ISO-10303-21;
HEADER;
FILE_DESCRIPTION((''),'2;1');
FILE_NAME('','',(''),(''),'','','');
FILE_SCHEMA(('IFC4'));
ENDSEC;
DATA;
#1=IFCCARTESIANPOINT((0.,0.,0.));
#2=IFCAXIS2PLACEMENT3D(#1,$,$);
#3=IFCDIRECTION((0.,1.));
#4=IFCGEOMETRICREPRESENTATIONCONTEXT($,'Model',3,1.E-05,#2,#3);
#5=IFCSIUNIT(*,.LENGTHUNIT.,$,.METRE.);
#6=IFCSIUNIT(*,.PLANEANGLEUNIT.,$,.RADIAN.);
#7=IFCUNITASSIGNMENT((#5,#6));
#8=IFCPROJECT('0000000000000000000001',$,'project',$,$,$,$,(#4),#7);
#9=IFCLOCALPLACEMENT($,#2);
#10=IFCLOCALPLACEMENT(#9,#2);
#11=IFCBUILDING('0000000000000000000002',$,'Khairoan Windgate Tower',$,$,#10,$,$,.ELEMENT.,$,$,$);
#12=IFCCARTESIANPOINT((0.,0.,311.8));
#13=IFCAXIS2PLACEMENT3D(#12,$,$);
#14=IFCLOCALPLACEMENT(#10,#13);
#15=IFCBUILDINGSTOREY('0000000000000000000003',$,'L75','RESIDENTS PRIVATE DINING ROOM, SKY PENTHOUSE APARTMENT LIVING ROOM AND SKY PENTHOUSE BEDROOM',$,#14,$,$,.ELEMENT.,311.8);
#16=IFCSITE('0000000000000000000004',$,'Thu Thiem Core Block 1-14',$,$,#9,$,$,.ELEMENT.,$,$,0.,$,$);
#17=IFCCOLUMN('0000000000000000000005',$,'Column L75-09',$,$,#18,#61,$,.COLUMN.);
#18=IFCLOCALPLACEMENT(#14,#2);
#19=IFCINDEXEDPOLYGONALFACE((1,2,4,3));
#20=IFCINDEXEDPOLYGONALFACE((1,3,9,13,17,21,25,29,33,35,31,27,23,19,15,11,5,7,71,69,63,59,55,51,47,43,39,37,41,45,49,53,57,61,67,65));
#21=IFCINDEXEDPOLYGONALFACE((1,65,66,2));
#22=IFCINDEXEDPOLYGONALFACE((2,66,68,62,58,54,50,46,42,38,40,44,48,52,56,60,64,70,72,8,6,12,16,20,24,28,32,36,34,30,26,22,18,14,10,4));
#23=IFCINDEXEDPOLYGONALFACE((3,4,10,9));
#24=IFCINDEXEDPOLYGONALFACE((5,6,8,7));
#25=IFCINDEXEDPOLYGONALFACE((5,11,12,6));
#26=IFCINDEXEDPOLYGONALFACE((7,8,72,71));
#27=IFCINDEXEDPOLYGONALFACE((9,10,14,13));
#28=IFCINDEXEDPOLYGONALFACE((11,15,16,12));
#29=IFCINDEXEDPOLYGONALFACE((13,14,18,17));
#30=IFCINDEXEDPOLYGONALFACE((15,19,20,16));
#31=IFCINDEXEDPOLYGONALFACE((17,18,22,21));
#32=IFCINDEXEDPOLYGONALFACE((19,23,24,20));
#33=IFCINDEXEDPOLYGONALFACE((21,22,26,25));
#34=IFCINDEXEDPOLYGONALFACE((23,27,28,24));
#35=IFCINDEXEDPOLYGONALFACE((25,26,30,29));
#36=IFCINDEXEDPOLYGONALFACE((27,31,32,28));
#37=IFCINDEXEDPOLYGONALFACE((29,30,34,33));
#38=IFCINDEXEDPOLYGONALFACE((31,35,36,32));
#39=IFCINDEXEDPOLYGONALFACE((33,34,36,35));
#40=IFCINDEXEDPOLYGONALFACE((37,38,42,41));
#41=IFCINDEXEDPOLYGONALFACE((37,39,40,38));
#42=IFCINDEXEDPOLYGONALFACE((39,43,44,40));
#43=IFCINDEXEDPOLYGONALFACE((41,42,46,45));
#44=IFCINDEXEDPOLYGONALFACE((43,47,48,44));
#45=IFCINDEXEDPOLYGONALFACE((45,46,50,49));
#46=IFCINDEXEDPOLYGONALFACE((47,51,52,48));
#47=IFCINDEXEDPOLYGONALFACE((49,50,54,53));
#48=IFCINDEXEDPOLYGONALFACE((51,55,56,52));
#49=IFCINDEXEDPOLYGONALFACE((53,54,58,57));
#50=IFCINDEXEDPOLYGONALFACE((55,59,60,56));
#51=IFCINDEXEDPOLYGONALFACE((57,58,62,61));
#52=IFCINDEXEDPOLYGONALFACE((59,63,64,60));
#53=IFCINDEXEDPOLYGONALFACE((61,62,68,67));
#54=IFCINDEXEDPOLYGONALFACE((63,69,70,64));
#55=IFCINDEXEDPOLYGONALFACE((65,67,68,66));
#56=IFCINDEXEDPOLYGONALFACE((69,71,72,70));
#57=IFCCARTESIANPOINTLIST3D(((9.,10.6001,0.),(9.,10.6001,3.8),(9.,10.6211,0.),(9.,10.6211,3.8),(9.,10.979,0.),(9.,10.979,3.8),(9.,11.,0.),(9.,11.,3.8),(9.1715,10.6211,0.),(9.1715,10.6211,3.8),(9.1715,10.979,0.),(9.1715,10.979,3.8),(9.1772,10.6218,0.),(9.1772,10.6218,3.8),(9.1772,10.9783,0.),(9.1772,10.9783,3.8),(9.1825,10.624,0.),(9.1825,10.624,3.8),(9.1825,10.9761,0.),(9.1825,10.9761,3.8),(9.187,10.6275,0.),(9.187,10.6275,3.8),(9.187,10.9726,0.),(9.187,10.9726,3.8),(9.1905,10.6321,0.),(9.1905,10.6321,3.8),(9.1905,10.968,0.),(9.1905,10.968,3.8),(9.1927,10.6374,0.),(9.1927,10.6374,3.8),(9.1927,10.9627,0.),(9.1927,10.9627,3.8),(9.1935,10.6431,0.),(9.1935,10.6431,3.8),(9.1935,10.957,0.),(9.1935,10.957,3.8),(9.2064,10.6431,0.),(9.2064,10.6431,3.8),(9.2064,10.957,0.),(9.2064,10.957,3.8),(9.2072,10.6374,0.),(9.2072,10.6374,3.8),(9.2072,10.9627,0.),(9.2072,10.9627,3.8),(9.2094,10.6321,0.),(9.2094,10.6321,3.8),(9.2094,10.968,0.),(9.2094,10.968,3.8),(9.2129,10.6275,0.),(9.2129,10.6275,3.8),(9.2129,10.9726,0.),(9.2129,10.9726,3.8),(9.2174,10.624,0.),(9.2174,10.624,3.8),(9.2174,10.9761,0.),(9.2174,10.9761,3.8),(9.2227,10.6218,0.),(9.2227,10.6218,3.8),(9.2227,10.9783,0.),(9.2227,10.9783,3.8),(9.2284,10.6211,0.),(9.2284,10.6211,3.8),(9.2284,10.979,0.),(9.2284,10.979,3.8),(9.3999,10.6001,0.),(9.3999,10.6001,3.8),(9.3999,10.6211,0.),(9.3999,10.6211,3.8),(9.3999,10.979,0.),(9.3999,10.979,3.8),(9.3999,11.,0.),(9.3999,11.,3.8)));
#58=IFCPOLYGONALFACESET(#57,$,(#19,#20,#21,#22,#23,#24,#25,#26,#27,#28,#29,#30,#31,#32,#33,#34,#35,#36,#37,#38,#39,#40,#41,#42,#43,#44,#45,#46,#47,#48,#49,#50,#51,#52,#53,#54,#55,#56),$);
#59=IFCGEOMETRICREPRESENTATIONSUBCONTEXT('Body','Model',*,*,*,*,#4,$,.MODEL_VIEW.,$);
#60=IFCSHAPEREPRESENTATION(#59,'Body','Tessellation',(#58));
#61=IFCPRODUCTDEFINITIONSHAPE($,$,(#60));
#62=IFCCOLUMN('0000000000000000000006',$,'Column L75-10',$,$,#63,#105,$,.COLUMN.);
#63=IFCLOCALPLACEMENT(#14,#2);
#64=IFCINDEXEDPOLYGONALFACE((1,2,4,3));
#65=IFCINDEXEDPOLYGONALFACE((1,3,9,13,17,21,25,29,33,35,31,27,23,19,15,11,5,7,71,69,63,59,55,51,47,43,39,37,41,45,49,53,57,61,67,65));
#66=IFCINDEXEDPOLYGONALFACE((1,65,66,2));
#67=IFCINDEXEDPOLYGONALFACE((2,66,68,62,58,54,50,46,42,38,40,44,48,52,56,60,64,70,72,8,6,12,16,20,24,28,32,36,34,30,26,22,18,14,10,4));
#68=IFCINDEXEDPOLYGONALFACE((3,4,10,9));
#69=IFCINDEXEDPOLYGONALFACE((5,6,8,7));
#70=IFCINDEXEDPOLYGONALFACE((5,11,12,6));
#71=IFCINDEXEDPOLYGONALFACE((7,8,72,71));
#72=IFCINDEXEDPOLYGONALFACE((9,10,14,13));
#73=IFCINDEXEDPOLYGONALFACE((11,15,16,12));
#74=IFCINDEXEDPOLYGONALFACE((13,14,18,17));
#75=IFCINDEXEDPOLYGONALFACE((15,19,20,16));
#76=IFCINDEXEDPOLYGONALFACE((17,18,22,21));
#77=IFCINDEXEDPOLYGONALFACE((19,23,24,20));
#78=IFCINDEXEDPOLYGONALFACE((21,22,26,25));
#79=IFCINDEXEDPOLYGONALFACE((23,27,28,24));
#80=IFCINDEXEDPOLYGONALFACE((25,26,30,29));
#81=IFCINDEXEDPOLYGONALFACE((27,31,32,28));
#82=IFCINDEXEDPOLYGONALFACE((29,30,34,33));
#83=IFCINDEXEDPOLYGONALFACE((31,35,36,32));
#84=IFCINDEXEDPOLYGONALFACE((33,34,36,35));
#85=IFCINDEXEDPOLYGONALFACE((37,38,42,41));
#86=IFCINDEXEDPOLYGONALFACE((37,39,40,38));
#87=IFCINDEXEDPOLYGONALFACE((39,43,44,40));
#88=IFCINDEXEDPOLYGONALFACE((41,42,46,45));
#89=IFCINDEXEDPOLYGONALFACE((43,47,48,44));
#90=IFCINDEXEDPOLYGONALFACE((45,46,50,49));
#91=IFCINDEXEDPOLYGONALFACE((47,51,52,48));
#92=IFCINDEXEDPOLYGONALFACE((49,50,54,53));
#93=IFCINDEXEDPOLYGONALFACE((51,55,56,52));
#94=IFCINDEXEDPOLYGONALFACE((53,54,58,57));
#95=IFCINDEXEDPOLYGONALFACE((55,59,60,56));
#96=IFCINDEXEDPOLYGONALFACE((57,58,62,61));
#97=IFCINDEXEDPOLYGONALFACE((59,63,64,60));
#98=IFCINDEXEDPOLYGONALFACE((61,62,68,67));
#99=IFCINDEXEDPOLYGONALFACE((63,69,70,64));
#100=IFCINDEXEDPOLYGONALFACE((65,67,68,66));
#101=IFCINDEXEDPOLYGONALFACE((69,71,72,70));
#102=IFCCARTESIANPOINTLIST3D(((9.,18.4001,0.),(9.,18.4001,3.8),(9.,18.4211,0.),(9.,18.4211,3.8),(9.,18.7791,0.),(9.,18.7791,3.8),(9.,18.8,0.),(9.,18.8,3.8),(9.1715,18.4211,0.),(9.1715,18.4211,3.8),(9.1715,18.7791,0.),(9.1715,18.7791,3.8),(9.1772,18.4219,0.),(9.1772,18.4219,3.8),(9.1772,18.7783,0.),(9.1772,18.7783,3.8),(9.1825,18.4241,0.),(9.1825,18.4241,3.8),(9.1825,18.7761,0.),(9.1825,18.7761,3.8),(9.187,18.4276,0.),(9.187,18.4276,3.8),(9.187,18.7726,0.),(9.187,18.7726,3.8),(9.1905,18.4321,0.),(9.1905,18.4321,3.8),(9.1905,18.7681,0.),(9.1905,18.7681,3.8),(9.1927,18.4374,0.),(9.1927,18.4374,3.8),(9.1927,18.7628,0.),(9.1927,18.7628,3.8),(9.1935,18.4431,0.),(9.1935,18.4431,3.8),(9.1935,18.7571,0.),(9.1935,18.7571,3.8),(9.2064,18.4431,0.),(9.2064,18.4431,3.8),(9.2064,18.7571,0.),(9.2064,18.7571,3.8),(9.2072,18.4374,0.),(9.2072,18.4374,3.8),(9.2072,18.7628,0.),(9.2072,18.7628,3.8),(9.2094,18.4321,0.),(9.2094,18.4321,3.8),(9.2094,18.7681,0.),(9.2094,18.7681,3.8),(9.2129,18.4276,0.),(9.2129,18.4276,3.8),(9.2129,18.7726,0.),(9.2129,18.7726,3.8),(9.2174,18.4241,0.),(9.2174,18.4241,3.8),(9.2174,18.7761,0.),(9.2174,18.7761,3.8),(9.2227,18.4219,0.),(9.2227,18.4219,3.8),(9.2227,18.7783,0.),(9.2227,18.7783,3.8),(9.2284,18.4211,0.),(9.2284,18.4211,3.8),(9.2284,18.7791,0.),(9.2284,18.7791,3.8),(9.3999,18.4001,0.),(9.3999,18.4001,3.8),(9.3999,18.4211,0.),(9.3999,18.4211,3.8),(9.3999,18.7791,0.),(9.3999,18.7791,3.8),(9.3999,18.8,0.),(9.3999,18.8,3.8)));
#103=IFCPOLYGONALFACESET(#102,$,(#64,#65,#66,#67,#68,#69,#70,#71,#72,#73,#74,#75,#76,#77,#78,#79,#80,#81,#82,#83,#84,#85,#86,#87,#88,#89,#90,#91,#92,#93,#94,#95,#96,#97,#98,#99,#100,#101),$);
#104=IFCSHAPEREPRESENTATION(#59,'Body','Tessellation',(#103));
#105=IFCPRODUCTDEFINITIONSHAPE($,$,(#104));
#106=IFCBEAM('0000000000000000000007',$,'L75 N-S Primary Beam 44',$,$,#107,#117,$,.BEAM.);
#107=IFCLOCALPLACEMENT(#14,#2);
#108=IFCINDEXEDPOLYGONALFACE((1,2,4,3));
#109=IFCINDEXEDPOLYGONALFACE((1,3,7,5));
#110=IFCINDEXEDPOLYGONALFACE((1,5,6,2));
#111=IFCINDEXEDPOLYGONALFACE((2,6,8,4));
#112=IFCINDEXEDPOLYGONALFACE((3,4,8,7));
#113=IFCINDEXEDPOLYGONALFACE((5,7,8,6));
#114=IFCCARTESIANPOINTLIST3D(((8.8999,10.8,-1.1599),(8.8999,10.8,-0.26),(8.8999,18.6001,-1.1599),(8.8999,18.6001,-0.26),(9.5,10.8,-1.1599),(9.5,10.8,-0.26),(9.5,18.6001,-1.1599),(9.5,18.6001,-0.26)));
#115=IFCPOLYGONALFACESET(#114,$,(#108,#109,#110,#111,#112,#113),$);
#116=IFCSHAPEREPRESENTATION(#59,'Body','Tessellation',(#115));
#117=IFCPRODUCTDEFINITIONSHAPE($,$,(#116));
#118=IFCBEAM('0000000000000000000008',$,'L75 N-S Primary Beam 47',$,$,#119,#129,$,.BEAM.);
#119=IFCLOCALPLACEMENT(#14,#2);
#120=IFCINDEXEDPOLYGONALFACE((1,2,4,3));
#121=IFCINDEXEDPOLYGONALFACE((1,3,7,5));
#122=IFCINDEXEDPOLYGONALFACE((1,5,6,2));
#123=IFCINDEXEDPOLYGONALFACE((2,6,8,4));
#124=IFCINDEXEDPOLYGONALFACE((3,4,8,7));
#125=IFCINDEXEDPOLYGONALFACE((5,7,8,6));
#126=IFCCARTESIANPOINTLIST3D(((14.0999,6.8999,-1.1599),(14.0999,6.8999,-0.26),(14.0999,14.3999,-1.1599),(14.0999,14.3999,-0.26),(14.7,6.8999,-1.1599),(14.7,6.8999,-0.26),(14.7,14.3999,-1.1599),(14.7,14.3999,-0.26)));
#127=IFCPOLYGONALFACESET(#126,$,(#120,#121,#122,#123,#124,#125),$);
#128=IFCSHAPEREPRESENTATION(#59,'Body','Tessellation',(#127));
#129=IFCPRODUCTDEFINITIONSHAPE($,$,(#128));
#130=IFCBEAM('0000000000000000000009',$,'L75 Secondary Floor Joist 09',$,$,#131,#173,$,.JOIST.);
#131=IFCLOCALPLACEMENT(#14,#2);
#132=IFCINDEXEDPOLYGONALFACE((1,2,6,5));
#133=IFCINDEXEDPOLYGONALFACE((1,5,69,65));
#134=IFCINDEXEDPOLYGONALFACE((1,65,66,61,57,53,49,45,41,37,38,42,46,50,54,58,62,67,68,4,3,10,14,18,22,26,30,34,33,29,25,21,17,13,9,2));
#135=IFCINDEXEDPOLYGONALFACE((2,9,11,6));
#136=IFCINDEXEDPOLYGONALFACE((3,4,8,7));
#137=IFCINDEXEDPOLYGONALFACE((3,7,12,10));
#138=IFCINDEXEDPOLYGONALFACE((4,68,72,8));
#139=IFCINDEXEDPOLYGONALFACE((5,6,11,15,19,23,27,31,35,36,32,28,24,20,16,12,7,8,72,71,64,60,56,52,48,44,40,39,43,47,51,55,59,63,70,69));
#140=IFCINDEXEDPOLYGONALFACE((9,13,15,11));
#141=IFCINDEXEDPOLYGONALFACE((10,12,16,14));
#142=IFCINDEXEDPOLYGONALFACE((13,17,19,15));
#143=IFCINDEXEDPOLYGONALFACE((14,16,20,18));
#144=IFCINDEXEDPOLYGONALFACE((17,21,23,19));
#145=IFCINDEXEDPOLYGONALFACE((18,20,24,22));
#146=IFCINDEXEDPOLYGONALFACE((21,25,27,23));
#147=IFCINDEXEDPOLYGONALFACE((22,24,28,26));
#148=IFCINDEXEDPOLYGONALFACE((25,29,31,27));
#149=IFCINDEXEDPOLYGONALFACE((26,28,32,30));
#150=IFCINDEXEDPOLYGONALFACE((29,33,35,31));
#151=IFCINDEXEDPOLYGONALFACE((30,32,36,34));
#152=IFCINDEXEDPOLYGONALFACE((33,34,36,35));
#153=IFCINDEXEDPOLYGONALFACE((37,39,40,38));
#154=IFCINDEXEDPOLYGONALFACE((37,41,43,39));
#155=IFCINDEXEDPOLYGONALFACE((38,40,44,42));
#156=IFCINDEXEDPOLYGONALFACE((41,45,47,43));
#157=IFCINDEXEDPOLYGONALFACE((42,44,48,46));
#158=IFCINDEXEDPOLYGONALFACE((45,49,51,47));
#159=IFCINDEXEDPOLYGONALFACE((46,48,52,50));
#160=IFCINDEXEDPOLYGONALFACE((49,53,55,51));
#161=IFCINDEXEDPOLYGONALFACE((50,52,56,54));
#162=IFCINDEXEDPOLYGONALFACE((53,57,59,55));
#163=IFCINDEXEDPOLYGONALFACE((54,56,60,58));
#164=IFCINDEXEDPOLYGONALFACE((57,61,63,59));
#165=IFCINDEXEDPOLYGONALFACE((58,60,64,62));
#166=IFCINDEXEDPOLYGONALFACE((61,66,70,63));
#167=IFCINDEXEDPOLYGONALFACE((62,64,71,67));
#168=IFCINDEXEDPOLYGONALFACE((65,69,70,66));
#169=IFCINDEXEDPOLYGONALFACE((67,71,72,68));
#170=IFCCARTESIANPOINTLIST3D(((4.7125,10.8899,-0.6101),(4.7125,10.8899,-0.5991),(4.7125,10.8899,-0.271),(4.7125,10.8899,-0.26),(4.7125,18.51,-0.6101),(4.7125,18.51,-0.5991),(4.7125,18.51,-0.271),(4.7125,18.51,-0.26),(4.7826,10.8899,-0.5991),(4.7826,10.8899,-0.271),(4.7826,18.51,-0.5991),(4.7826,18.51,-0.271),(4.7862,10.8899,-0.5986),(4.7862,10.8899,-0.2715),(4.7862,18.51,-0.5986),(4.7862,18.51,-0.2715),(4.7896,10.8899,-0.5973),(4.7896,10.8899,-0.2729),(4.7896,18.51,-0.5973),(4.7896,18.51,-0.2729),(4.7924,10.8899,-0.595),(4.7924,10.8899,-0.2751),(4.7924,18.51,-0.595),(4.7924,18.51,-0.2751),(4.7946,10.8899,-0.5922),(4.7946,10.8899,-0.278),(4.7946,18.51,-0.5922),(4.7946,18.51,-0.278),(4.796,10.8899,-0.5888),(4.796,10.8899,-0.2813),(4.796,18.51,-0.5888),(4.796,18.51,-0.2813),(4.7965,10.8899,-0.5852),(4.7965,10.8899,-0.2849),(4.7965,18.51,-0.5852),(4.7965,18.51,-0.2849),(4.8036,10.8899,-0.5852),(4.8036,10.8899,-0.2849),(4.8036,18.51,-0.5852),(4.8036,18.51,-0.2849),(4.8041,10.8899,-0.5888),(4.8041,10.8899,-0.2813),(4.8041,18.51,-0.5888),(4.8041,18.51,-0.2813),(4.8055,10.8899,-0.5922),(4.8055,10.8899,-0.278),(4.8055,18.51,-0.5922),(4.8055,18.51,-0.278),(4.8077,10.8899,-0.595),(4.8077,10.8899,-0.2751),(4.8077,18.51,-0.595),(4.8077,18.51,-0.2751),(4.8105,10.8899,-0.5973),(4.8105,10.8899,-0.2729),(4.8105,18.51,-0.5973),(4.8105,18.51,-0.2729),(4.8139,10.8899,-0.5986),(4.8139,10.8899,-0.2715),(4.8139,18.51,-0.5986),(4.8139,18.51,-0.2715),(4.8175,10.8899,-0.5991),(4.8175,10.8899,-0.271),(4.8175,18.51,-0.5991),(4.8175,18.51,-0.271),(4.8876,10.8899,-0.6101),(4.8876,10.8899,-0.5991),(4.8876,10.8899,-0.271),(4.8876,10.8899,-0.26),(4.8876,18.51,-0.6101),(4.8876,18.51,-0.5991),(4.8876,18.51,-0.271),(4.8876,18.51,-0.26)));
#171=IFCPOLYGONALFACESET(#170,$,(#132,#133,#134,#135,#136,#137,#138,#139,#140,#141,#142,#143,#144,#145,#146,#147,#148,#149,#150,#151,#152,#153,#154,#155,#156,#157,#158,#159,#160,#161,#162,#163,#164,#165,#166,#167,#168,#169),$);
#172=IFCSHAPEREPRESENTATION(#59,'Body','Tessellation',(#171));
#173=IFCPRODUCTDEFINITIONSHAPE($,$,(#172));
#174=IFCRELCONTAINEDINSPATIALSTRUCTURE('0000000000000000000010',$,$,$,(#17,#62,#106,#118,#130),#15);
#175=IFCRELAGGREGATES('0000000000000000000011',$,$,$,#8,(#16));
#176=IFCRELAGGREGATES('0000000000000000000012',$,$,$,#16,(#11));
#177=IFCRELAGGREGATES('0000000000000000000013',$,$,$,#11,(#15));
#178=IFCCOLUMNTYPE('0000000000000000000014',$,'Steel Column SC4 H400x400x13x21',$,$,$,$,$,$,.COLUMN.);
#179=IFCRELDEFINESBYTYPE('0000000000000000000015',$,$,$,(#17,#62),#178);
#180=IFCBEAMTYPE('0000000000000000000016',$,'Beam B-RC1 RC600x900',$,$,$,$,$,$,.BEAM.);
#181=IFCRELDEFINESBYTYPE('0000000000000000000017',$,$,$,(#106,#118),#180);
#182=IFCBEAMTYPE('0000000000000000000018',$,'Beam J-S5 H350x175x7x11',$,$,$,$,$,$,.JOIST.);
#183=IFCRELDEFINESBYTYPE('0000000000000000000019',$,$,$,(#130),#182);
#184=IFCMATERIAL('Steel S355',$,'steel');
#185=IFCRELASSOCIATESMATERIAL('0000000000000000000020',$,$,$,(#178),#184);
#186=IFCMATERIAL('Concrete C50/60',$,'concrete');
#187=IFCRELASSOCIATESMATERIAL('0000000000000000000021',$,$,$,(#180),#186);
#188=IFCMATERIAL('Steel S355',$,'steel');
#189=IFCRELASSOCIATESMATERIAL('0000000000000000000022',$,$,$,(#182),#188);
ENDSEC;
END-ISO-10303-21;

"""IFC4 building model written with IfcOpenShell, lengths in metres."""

from ifc_helpers import new_model, si_unit, direction, frame, origin, origin_2d, place, context, subcontext, project, spatial, rectangle, i_section, extrude, material, material_profile, profile_set, type_object, element, save


model = new_model("IFC4")

# Units and contexts
model_context = context("Model", 3, precision=1e-05, world=origin(), true_north=direction((0.0, 1.0)))
body_context = subcontext(model_context, "Body", "Model", "MODEL_VIEW")
ifc_project = project(units=[si_unit("LENGTHUNIT", "METRE"), si_unit("PLANEANGLEUNIT", "RADIAN")], contexts=[model_context])

# Site, building, storey
site_placement = place(None, origin())
site = spatial("IfcSite", under=ifc_project, at=site_placement, Name="Thu Thiem Core Block 1-14", CompositionType="ELEMENT", RefElevation=0.0)
building_placement = place(site_placement, origin())
building = spatial("IfcBuilding", under=site, at=building_placement, Name="Khairoan Windgate Tower", CompositionType="ELEMENT")
storey_placement = place(building_placement, frame((0.0, 0.0, 311.8)))
storey = spatial("IfcBuildingStorey", under=building, at=storey_placement, Name="L75", Description="RESIDENTS PRIVATE DINING ROOM, SKY PENTHOUSE APARTMENT LIVING ROOM AND SKY PENTHOUSE BEDROOM", CompositionType="ELEMENT", Elevation=311.8)

# Columns
ifc_material_1 = material(Name="Steel S355", Category="steel")
ifc_material_profile_1 = material_profile(ifc_material_1, i_section(OverallWidth=0.3999, OverallDepth=0.3999, WebThickness=0.0129, FlangeThickness=0.021, FilletRadius=0.022, at=origin_2d()))
ifc_profile_set_1 = profile_set([ifc_material_profile_1], Name="Steel S355")
column_type = type_object("IfcColumnType", Name="Steel Column SC4 H400x400x13x21", PredefinedType="COLUMN", material=ifc_profile_set_1)
for number, where, z_axis, x_axis, name in (
    (1, (9.2, 10.8, 0.0), (0.0, 0.0, 1.0), (1.0, 0.0, 0.0), "Column L75-09"),
    (2, (9.2, 18.6001, 0.0), (0.0, 0.0, 1.0), (1.0, 0.0, 0.0), "Column L75-10"),
):
    element("IfcColumn", number, at=place(storey_placement, frame(where, z_axis=z_axis, x_axis=x_axis)), inside=storey, type_object=column_type, Name=name, PredefinedType="COLUMN", context=body_context, shape_type="SweptSolid", body=[
        extrude(i_section(OverallWidth=0.3999, OverallDepth=0.3999, WebThickness=0.0129, FlangeThickness=0.021, FilletRadius=0.022, at=origin_2d()), origin(), (0.0, 0.0, 1.0), 3.8),
    ])

# Beams
ifc_material_2 = material(Name="Concrete C50/60", Category="concrete")
ifc_material_profile_2 = material_profile(ifc_material_2, rectangle(XDim=0.6001, YDim=0.8999, at=origin_2d()))
ifc_profile_set_2 = profile_set([ifc_material_profile_2], Name="Concrete C50/60")
beam_type_1 = type_object("IfcBeamType", Name="Beam B-RC1 RC600x900", PredefinedType="BEAM", material=ifc_profile_set_2)
beam_1_placement = place(storey_placement, frame((9.2, 10.8, -0.71), z_axis=(0.0, 1.0, 0.0), x_axis=(-1.0, 0.0, 0.0)))
element("IfcBeam", 3, at=beam_1_placement, inside=storey, type_object=beam_type_1, Name="L75 N-S Primary Beam 44", PredefinedType="BEAM", context=body_context, shape_type="SweptSolid", body=[
    extrude(rectangle(XDim=0.6001, YDim=0.8999, at=origin_2d()), origin(), (0.0, 0.0, 1.0), 7.8),
])
beam_2_placement = place(storey_placement, frame((14.3999, 6.8999, -0.71), z_axis=(0.0, 1.0, 0.0), x_axis=(-1.0, 0.0, 0.0)))
element("IfcBeam", 4, at=beam_2_placement, inside=storey, type_object=beam_type_1, Name="L75 N-S Primary Beam 47", PredefinedType="BEAM", context=body_context, shape_type="SweptSolid", body=[
    extrude(rectangle(XDim=0.6001, YDim=0.8999, at=origin_2d()), origin(), (0.0, 0.0, 1.0), 7.5),
])
ifc_material_3 = material(Name="Steel S355", Category="steel")
ifc_material_profile_3 = material_profile(ifc_material_3, i_section(OverallWidth=0.175, OverallDepth=0.3501, WebThickness=0.0071, FlangeThickness=0.011, FilletRadius=0.0139, at=origin_2d()))
ifc_profile_set_3 = profile_set([ifc_material_profile_3], Name="Steel S355")
beam_type_2 = type_object("IfcBeamType", Name="Beam J-S5 H350x175x7x11", PredefinedType="JOIST", material=ifc_profile_set_3)
beam_3_placement = place(storey_placement, frame((4.8, 10.8899, -0.4351), z_axis=(0.0, 1.0, 0.0), x_axis=(-1.0, 0.0, 0.0)))
element("IfcBeam", 5, at=beam_3_placement, inside=storey, type_object=beam_type_2, Name="L75 Secondary Floor Joist 09", PredefinedType="JOIST", context=body_context, shape_type="SweptSolid", body=[
    extrude(i_section(OverallWidth=0.175, OverallDepth=0.3501, WebThickness=0.0071, FlangeThickness=0.011, FilletRadius=0.0139, at=origin_2d()), origin(), (0.0, 0.0, 1.0), 7.6201),
])

save(model, "model.ifc")
